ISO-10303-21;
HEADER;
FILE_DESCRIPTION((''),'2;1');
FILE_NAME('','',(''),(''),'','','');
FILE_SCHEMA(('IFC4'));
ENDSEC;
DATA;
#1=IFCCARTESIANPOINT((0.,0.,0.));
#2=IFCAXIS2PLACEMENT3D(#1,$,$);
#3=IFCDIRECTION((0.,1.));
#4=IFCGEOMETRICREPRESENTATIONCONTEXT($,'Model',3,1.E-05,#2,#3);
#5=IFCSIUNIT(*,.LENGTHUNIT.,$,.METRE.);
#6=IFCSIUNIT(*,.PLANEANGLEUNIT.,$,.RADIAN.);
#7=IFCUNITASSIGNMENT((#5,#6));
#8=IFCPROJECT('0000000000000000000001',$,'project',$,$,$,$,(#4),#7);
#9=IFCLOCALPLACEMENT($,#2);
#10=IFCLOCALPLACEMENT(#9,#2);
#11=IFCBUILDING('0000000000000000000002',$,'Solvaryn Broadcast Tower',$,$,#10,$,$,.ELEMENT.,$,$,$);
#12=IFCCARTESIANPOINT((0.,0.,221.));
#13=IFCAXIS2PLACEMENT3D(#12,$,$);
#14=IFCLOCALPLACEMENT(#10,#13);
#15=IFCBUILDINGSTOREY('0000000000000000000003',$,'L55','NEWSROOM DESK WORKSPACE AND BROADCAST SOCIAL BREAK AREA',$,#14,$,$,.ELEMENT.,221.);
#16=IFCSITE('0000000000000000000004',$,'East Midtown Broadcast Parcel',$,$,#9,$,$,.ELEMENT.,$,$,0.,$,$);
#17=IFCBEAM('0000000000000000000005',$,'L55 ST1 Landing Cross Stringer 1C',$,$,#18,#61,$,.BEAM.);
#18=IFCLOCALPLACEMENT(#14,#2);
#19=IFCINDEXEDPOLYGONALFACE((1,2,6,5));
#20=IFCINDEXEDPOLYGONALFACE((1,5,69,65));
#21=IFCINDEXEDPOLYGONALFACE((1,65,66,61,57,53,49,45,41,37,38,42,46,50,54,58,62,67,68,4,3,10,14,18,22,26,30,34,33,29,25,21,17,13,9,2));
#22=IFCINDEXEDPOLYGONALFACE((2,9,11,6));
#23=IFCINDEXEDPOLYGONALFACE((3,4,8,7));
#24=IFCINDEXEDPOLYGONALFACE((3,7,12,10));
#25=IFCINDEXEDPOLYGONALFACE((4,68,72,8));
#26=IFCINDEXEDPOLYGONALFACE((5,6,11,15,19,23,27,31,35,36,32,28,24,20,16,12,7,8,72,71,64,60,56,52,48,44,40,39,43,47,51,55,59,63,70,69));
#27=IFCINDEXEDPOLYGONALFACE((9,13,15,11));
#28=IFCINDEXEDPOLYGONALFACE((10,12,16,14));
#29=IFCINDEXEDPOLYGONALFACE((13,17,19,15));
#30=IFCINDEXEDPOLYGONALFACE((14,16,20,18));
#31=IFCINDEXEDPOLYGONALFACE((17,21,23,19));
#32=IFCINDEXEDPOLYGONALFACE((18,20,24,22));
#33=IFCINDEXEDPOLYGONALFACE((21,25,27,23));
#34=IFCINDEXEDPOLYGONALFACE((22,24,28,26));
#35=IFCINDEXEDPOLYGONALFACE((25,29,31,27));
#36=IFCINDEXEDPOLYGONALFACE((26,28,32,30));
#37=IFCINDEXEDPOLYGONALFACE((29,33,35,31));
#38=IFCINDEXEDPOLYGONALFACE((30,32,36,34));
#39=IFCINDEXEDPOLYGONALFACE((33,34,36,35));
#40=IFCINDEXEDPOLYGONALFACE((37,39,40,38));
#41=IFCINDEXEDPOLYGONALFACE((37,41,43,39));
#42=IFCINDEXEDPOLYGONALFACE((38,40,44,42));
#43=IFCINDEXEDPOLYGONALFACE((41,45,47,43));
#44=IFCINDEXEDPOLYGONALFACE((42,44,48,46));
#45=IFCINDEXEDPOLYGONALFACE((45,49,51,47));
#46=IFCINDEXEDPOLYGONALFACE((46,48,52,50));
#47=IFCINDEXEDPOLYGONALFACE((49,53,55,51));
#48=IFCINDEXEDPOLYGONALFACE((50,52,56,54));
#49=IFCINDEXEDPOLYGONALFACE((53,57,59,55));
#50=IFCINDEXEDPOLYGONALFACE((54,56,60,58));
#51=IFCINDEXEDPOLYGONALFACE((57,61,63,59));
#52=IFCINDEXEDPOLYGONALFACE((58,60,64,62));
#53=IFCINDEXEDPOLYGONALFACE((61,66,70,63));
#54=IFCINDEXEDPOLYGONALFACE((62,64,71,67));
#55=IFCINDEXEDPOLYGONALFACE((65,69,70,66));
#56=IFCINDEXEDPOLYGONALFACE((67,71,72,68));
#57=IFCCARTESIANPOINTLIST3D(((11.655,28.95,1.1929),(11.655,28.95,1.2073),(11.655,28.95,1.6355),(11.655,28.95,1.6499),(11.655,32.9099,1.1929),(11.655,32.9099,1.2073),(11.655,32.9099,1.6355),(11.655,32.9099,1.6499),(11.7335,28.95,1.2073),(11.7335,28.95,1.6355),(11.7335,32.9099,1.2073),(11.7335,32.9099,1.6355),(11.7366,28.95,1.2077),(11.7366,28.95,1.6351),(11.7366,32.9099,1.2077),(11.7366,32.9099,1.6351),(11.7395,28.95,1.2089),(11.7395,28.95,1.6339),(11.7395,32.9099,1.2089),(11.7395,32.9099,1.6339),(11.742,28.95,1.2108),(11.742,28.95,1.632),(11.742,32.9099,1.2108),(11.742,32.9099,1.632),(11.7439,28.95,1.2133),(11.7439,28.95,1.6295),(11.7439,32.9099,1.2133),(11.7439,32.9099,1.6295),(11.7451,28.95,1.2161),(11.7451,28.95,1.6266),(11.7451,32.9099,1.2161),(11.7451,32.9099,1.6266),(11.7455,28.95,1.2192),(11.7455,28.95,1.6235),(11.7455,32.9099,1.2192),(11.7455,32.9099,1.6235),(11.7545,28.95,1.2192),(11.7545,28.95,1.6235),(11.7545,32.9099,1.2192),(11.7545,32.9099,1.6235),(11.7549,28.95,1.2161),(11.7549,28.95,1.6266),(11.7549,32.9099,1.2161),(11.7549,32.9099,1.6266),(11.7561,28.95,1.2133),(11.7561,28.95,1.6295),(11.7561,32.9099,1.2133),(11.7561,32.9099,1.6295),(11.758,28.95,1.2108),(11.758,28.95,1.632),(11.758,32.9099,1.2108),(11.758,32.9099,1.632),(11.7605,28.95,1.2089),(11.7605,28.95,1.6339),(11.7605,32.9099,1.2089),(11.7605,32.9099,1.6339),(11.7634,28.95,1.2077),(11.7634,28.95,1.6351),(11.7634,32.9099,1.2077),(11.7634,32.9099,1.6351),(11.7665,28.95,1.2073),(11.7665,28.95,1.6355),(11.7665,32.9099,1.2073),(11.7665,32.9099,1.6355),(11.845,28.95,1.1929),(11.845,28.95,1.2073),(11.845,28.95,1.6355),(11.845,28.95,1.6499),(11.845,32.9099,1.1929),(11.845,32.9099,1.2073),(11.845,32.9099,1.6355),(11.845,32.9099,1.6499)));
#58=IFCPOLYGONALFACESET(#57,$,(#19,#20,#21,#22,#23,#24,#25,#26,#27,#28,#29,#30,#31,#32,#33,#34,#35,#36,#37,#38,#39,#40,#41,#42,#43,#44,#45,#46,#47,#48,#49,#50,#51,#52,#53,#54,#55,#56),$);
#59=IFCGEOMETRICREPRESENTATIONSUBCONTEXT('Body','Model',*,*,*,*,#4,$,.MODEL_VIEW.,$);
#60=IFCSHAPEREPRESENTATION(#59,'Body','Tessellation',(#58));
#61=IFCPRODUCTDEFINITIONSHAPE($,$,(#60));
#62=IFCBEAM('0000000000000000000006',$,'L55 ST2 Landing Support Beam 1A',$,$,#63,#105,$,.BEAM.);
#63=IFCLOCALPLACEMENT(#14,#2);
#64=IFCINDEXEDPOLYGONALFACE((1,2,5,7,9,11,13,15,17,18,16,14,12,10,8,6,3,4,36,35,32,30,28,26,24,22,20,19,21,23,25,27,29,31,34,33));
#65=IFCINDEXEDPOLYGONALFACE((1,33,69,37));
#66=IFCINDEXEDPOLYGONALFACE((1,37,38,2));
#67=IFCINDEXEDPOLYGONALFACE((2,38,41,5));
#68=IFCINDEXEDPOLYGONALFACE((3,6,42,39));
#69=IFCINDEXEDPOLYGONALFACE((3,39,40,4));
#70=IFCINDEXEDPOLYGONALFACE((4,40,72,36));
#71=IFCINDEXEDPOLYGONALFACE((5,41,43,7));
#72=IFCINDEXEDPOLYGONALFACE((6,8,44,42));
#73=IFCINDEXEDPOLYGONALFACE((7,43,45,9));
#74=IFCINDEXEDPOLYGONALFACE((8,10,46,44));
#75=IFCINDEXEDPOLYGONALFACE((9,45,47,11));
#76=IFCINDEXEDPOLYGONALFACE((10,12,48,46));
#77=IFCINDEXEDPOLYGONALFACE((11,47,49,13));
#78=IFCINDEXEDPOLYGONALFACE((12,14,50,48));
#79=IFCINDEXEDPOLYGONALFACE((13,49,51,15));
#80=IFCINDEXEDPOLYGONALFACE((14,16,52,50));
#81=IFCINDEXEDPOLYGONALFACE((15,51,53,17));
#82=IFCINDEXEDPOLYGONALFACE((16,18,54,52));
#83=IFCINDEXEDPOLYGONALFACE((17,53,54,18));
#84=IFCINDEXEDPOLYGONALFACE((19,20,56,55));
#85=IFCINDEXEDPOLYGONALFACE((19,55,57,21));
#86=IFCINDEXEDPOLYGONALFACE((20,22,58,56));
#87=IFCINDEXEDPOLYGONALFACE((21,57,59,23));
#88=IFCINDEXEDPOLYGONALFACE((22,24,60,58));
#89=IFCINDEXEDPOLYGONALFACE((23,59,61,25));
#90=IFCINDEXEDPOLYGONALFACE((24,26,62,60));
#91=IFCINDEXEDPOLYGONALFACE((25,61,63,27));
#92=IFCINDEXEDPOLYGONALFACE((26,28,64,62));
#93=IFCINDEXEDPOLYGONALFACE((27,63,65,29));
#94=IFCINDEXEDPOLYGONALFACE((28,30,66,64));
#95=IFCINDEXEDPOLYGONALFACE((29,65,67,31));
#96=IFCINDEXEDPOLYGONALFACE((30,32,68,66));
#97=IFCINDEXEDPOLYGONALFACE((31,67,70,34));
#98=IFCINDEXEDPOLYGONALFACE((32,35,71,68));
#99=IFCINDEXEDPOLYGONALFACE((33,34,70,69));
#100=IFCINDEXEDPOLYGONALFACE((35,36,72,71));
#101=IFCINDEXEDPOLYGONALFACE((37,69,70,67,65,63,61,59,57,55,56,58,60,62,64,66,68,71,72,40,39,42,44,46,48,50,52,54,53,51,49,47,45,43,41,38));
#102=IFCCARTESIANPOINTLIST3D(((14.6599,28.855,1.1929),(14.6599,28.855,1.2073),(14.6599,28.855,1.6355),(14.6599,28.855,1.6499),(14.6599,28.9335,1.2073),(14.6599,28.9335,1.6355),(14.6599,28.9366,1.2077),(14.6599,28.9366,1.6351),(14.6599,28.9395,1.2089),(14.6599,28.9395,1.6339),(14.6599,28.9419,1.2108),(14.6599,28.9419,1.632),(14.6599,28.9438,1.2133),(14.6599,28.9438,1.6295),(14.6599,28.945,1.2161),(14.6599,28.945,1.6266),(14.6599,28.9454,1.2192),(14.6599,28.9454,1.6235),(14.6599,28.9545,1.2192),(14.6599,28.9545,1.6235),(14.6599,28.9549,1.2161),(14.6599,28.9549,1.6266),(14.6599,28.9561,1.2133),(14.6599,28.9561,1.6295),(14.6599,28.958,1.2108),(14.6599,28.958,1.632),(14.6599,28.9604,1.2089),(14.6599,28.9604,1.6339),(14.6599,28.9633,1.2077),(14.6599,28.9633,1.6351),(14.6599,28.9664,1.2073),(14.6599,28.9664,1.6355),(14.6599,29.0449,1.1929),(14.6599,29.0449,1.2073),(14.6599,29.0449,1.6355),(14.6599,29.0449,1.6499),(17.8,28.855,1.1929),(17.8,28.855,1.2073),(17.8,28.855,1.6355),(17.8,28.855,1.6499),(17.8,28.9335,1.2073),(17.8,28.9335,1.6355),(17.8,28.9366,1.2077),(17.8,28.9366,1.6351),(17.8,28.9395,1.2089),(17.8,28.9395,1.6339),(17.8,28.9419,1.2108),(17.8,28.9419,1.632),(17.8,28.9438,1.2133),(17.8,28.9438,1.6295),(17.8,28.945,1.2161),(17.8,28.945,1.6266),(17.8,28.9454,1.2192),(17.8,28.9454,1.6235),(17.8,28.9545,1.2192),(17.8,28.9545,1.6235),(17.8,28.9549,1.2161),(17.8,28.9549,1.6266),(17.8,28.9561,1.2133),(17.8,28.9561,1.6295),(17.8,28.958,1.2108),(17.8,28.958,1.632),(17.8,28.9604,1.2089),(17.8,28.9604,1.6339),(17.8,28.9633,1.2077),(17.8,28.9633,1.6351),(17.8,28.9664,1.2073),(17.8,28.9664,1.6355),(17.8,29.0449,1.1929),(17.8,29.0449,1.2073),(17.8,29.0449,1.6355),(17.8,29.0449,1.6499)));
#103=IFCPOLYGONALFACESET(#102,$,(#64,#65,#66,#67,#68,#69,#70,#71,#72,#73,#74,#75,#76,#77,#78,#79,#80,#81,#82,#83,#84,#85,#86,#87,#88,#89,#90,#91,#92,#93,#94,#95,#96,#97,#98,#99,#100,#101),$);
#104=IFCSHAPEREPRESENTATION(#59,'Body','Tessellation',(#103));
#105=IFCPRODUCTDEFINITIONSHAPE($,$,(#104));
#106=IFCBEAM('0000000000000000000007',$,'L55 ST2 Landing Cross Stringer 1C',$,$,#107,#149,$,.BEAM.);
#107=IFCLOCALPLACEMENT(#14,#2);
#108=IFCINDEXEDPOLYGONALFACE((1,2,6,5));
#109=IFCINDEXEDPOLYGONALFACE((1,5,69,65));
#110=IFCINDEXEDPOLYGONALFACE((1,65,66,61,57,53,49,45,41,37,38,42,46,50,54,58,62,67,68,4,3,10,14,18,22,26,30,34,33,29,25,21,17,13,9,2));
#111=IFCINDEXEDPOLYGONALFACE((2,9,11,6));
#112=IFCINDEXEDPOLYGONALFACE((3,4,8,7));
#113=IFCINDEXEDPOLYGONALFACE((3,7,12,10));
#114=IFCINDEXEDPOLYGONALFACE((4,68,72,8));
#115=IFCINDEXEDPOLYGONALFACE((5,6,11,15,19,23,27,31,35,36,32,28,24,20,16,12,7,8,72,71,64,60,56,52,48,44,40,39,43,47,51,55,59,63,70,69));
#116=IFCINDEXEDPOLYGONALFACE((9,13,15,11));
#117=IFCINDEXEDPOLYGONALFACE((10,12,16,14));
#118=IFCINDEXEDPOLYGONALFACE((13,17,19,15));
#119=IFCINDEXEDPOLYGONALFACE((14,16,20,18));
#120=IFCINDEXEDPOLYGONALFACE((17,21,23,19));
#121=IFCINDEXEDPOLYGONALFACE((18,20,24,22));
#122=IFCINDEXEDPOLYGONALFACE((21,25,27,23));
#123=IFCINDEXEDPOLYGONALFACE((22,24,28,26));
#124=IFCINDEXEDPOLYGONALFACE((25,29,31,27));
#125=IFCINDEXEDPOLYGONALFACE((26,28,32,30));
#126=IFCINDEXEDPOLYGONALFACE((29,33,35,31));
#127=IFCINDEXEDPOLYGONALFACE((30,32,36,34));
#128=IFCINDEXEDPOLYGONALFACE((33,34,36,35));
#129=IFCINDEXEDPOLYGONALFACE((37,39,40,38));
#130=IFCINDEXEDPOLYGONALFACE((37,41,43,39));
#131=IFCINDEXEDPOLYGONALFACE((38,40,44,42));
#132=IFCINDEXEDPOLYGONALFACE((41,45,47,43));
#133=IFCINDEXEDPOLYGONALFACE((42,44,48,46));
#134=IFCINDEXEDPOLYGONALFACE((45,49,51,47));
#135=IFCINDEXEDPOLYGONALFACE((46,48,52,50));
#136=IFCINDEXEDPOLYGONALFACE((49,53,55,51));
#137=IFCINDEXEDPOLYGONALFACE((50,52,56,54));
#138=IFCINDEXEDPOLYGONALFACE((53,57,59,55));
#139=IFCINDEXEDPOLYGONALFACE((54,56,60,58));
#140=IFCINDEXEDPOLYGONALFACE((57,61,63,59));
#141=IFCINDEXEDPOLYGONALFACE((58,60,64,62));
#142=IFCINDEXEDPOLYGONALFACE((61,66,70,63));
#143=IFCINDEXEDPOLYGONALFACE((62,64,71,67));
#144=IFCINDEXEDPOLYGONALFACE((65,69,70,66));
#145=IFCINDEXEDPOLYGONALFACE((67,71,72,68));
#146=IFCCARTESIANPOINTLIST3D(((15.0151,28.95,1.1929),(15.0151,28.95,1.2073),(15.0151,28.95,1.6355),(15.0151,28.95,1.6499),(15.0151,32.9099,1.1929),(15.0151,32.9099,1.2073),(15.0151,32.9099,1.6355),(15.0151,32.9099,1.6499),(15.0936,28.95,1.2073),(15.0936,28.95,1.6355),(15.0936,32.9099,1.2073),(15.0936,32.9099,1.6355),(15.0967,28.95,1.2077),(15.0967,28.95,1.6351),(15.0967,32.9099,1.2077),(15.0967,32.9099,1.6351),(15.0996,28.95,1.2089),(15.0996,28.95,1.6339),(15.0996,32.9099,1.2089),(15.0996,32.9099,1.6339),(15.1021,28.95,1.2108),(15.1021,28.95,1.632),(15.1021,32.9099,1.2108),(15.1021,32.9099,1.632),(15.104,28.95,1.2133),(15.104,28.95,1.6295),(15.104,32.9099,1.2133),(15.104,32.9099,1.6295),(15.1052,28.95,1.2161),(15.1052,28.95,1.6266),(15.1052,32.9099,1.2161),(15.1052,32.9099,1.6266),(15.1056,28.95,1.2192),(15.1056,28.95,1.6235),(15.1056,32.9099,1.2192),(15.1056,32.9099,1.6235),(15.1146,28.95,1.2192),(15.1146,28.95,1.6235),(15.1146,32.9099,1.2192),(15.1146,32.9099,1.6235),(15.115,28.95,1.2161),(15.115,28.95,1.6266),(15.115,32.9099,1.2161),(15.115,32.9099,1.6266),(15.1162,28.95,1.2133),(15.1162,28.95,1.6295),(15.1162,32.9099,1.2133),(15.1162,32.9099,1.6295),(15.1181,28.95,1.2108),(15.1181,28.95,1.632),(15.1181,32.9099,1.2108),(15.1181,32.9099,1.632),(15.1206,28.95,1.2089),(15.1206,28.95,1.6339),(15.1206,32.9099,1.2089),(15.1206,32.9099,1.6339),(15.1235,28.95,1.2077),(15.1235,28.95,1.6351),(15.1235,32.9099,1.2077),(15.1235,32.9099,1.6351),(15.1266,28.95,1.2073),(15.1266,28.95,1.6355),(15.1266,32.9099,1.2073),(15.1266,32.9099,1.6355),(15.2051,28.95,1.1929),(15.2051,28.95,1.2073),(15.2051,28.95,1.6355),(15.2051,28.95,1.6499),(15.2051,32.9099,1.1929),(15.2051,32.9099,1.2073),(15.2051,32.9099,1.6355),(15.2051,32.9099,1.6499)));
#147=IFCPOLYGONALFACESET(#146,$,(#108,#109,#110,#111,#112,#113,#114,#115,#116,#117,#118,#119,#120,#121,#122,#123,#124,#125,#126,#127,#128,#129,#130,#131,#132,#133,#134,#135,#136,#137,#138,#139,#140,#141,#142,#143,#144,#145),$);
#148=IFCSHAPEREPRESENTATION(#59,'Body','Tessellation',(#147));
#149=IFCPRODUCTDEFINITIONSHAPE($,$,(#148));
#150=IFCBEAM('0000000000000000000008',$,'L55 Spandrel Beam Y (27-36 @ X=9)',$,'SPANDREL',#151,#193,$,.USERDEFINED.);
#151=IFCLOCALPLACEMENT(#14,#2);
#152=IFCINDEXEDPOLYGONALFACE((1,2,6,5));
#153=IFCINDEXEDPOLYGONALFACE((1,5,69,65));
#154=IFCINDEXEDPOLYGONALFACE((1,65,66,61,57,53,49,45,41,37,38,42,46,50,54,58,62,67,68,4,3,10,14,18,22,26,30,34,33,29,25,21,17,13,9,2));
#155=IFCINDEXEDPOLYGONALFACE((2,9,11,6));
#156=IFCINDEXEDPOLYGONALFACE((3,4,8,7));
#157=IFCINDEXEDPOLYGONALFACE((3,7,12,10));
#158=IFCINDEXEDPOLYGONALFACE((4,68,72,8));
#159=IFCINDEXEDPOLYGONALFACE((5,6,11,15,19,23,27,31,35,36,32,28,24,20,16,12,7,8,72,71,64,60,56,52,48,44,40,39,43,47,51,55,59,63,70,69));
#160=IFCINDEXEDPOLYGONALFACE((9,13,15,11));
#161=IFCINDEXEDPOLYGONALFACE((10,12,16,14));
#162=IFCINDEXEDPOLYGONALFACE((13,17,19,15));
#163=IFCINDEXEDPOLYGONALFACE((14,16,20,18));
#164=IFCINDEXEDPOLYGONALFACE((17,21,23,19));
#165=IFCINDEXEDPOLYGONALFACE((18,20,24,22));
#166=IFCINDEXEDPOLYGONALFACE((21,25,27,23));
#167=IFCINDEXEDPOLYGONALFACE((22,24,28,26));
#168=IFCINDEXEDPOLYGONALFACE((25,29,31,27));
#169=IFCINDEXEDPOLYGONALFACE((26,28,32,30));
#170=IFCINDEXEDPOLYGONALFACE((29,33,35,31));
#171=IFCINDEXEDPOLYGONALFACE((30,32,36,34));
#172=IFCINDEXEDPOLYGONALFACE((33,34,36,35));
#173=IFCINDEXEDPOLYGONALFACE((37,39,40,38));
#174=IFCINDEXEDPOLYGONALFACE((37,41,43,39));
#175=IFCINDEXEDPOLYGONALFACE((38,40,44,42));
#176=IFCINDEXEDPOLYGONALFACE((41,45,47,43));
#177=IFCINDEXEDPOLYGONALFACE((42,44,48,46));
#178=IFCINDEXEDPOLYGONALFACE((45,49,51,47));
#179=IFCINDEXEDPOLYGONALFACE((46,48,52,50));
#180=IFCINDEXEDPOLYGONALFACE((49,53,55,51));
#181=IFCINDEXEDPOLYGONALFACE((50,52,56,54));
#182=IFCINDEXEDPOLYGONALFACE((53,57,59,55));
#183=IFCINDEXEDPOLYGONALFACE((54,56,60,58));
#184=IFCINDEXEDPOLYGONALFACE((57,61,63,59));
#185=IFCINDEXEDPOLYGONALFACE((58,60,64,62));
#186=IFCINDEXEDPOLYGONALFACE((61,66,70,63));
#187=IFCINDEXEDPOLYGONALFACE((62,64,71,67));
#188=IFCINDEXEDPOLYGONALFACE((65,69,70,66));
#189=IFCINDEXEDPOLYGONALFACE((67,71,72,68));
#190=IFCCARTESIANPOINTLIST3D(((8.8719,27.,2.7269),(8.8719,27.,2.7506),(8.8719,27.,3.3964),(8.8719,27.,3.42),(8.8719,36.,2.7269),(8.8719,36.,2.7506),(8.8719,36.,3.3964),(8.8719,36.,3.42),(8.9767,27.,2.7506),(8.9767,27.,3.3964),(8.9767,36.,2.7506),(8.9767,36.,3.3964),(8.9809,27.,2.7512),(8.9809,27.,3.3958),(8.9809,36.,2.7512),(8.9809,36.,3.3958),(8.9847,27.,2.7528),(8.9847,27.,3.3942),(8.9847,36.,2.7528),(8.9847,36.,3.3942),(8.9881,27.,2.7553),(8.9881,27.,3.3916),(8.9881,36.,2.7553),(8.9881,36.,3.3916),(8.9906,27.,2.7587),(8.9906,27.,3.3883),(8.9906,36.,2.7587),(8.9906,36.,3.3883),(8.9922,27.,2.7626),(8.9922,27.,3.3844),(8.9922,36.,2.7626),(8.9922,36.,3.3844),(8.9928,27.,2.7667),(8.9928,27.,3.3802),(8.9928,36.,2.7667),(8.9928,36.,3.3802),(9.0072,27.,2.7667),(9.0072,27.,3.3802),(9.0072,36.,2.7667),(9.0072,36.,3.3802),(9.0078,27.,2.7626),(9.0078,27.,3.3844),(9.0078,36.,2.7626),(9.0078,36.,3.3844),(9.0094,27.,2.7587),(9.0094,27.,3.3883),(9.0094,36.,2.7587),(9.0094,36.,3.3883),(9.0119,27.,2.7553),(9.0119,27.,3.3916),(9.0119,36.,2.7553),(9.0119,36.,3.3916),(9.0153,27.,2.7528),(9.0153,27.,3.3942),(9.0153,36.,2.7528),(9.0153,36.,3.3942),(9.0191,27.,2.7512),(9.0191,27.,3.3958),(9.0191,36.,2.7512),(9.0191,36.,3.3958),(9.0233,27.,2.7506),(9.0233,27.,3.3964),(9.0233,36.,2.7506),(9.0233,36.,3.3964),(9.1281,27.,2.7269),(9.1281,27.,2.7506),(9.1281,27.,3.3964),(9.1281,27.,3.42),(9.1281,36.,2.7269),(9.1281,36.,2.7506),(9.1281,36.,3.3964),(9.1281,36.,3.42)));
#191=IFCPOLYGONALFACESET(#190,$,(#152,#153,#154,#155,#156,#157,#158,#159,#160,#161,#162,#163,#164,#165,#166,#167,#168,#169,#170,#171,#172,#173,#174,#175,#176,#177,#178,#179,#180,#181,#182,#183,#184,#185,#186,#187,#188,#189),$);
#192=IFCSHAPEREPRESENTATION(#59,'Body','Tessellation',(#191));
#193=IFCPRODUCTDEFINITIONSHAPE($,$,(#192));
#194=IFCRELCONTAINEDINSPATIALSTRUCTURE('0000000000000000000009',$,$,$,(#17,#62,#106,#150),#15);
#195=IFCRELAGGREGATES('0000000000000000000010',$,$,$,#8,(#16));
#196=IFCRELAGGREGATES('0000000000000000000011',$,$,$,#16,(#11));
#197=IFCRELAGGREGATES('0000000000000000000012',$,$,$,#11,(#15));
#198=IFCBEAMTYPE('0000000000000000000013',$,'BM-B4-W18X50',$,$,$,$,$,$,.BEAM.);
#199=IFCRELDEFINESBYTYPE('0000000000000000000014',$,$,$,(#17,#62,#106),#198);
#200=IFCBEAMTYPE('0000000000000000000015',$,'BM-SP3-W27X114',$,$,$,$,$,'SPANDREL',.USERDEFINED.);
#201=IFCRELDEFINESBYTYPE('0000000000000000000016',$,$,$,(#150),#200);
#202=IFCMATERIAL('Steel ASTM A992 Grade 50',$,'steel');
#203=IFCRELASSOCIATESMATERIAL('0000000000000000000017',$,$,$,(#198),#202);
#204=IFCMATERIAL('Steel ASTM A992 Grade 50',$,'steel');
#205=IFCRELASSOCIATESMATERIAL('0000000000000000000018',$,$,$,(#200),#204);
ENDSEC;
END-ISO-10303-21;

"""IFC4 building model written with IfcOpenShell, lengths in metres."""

from ifc_helpers import new_model, si_unit, direction, frame, origin, origin_2d, place, context, subcontext, project, spatial, i_section, extrude, material, material_profile, profile_set, type_object, element, save


model = new_model("IFC4")

# Units and contexts
model_context = context("Model", 3, precision=1e-05, world=origin(), true_north=direction((0.0, 1.0)))
body_context = subcontext(model_context, "Body", "Model", "MODEL_VIEW")
ifc_project = project(units=[si_unit("LENGTHUNIT", "METRE"), si_unit("PLANEANGLEUNIT", "RADIAN")], contexts=[model_context])

# Site, building, storey
site_placement = place(None, origin())
site = spatial("IfcSite", under=ifc_project, at=site_placement, Name="East Midtown Broadcast Parcel", CompositionType="ELEMENT", RefElevation=0.0)
building_placement = place(site_placement, origin())
building = spatial("IfcBuilding", under=site, at=building_placement, Name="Solvaryn Broadcast Tower", CompositionType="ELEMENT")
storey_placement = place(building_placement, frame((0.0, 0.0, 221.0)))
storey = spatial("IfcBuildingStorey", under=building, at=storey_placement, Name="L55", Description="NEWSROOM DESK WORKSPACE AND BROADCAST SOCIAL BREAK AREA", CompositionType="ELEMENT", Elevation=221.0)

# Beams
ifc_material_1 = material(Name="Steel ASTM A992 Grade 50", Category="steel")
ifc_material_profile_1 = material_profile(ifc_material_1, i_section(OverallWidth=0.1899, OverallDepth=0.457, WebThickness=0.009, FlangeThickness=0.0144, FilletRadius=0.012, at=origin_2d()))
ifc_profile_set_1 = profile_set([ifc_material_profile_1], Name="Steel ASTM A992 Grade 50")
beam_type_1 = type_object("IfcBeamType", Name="BM-B4-W18X50", PredefinedType="BEAM", material=ifc_profile_set_1)
beam_1_placement = place(storey_placement, frame((11.75, 28.95, 1.4214), z_axis=(0.0, 1.0, 0.0), x_axis=(-1.0, 0.0, 0.0)))
element("IfcBeam", 1, at=beam_1_placement, inside=storey, type_object=beam_type_1, Name="L55 ST1 Landing Cross Stringer 1C", PredefinedType="BEAM", context=body_context, shape_type="SweptSolid", body=[
    extrude(i_section(OverallWidth=0.1899, OverallDepth=0.457, WebThickness=0.009, FlangeThickness=0.0144, FilletRadius=0.012, at=origin_2d()), origin(), (0.0, 0.0, 1.0), 3.96),
])
beam_2_placement = place(storey_placement, frame((14.6599, 28.95, 1.4214), z_axis=(1.0, 0.0, 0.0), x_axis=(0.0, 1.0, 0.0)))
element("IfcBeam", 2, at=beam_2_placement, inside=storey, type_object=beam_type_1, Name="L55 ST2 Landing Support Beam 1A", PredefinedType="BEAM", context=body_context, shape_type="SweptSolid", body=[
    extrude(i_section(OverallWidth=0.1899, OverallDepth=0.457, WebThickness=0.009, FlangeThickness=0.0144, FilletRadius=0.012, at=origin_2d()), origin(), (0.0, 0.0, 1.0), 3.1401),
])
beam_3_placement = place(storey_placement, frame((15.1101, 28.95, 1.4214), z_axis=(0.0, 1.0, 0.0), x_axis=(-1.0, 0.0, 0.0)))
element("IfcBeam", 3, at=beam_3_placement, inside=storey, type_object=beam_type_1, Name="L55 ST2 Landing Cross Stringer 1C", PredefinedType="BEAM", context=body_context, shape_type="SweptSolid", body=[
    extrude(i_section(OverallWidth=0.1899, OverallDepth=0.457, WebThickness=0.009, FlangeThickness=0.0144, FilletRadius=0.012, at=origin_2d()), origin(), (0.0, 0.0, 1.0), 3.96),
])
ifc_material_2 = material(Name="Steel ASTM A992 Grade 50", Category="steel")
ifc_material_profile_2 = material_profile(ifc_material_2, i_section(OverallWidth=0.2561, OverallDepth=0.6931, WebThickness=0.0144, FlangeThickness=0.0237, FilletRadius=0.0161, at=origin_2d()))
ifc_profile_set_2 = profile_set([ifc_material_profile_2], Name="Steel ASTM A992 Grade 50")
beam_type_2 = type_object("IfcBeamType", Name="BM-SP3-W27X114", ElementType="SPANDREL", PredefinedType="USERDEFINED", material=ifc_profile_set_2)
beam_4_placement = place(storey_placement, frame((9.0, 27.0, 3.0735), z_axis=(0.0, 1.0, 0.0), x_axis=(-1.0, 0.0, 0.0)))
element("IfcBeam", 4, at=beam_4_placement, inside=storey, type_object=beam_type_2, Name="L55 Spandrel Beam Y (27-36 @ X=9)", ObjectType="SPANDREL", PredefinedType="USERDEFINED", context=body_context, shape_type="SweptSolid", body=[
    extrude(i_section(OverallWidth=0.2561, OverallDepth=0.6931, WebThickness=0.0144, FlangeThickness=0.0237, FilletRadius=0.0161, at=origin_2d()), origin(), (0.0, 0.0, 1.0), 9.0),
])

save(model, "model.ifc")
